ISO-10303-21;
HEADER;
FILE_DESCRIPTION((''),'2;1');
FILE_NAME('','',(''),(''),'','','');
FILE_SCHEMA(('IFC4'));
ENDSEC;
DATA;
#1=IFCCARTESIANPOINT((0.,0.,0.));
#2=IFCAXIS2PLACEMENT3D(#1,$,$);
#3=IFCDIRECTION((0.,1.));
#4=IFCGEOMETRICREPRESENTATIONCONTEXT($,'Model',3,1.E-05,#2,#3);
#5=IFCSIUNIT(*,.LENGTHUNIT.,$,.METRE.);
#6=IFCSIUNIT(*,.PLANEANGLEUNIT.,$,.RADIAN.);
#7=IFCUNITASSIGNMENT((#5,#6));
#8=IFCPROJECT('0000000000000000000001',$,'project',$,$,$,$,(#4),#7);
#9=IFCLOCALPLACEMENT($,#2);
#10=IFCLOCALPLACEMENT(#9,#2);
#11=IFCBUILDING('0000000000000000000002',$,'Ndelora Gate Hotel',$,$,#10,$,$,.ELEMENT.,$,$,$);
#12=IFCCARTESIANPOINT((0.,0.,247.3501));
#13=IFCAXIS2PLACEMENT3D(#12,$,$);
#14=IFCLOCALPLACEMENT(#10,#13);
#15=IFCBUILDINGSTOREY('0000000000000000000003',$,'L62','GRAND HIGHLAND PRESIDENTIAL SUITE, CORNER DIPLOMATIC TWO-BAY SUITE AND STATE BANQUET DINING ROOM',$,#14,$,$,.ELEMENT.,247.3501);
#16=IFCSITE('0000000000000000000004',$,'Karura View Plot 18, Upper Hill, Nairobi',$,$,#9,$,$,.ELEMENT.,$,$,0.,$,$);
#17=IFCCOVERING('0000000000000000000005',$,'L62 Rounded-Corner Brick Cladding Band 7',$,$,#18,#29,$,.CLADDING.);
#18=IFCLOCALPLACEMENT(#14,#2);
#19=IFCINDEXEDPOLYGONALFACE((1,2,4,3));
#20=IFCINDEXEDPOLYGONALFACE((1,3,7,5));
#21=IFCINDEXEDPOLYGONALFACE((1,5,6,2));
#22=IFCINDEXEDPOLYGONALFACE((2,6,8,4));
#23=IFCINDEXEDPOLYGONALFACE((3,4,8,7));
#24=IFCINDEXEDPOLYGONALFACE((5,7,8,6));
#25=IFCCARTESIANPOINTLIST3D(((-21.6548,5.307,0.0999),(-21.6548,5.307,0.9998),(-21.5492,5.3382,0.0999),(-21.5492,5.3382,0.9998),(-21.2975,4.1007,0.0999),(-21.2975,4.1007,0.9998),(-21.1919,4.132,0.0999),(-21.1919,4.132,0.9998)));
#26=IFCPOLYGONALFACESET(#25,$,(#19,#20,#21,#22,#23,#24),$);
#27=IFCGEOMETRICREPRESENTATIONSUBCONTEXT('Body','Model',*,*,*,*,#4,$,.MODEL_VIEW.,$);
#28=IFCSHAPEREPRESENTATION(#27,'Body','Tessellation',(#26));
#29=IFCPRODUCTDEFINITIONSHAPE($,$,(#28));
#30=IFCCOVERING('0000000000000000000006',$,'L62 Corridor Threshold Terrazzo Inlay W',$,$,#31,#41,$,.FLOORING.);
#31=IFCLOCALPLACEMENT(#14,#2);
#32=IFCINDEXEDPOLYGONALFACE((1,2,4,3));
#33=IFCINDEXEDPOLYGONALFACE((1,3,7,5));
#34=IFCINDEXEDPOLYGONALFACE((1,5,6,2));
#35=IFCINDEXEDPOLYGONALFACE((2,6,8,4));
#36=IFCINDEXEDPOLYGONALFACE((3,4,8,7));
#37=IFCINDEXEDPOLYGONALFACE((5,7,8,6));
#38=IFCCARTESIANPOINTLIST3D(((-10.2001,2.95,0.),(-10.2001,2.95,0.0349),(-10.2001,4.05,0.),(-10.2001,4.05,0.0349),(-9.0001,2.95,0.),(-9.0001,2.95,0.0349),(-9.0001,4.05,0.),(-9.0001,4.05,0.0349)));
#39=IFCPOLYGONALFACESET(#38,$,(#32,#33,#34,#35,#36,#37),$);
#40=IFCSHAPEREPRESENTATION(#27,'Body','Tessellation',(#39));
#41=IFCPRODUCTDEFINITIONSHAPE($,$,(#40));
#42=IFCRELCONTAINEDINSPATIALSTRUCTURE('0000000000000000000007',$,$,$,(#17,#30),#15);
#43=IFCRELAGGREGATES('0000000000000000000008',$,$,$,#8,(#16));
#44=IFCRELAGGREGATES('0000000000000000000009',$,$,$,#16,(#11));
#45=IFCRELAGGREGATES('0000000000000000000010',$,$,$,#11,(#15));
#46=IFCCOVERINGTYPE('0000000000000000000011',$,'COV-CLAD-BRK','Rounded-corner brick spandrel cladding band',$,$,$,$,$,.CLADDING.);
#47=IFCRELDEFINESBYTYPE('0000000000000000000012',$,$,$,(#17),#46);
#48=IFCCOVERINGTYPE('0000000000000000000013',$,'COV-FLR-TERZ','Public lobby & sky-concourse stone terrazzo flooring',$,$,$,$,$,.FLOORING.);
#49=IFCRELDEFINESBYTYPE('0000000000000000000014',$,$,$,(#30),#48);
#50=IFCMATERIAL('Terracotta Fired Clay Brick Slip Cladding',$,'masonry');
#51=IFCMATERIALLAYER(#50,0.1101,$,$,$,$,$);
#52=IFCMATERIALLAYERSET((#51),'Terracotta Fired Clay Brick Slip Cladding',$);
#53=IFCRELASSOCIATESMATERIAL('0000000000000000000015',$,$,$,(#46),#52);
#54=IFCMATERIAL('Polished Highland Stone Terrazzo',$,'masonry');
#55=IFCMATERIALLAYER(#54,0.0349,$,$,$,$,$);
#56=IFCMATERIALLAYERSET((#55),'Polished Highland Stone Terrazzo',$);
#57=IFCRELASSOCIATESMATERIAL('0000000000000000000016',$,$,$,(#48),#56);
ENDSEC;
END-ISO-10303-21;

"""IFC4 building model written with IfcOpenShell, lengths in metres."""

from ifc_helpers import new_model, si_unit, direction, frame, origin, origin_2d, place, context, subcontext, project, spatial, rectangle, extrude, material, layer, layer_set, type_object, element, save


model = new_model("IFC4")

# Units and contexts
model_context = context("Model", 3, precision=1e-05, world=origin(), true_north=direction((0.0, 1.0)))
body_context = subcontext(model_context, "Body", "Model", "MODEL_VIEW")
ifc_project = project(units=[si_unit("LENGTHUNIT", "METRE"), si_unit("PLANEANGLEUNIT", "RADIAN")], contexts=[model_context])

# Site, building, storey
site_placement = place(None, origin())
site = spatial("IfcSite", under=ifc_project, at=site_placement, Name="Karura View Plot 18, Upper Hill, Nairobi", CompositionType="ELEMENT", RefElevation=0.0)
building_placement = place(site_placement, origin())
building = spatial("IfcBuilding", under=site, at=building_placement, Name="Ndelora Gate Hotel", CompositionType="ELEMENT")
storey_placement = place(building_placement, frame((0.0, 0.0, 247.3501)))
storey = spatial("IfcBuildingStorey", under=building, at=storey_placement, Name="L62", Description="GRAND HIGHLAND PRESIDENTIAL SUITE, CORNER DIPLOMATIC TWO-BAY SUITE AND STATE BANQUET DINING ROOM", CompositionType="ELEMENT", Elevation=247.3501)

# Coverings
ifc_material_1 = material(Name="Terracotta Fired Clay Brick Slip Cladding", Category="masonry")
ifc_layer_1 = layer(ifc_material_1, 0.1101)
ifc_layer_set_1 = layer_set([ifc_layer_1], Name="Terracotta Fired Clay Brick Slip Cladding")
covering_type_1 = type_object("IfcCoveringType", Name="COV-CLAD-BRK", Description="Rounded-corner brick spandrel cladding band", PredefinedType="CLADDING", material=ifc_layer_set_1)
covering_1_placement = place(storey_placement, frame((-21.4233, 4.7195, 0.0999), z_axis=(0.0, 0.0, 1.0), x_axis=(-0.284015, 0.95882, 0.0)))
element("IfcCovering", 1, at=covering_1_placement, inside=storey, type_object=covering_type_1, Name="L62 Rounded-Corner Brick Cladding Band 7", PredefinedType="CLADDING", context=body_context, shape_type="SweptSolid", body=[
    extrude(rectangle(XDim=1.2581, YDim=0.1101, at=origin_2d()), origin(), (0.0, 0.0, 1.0), 0.8999),
])
ifc_material_2 = material(Name="Polished Highland Stone Terrazzo", Category="masonry")
ifc_layer_2 = layer(ifc_material_2, 0.0349)
ifc_layer_set_2 = layer_set([ifc_layer_2], Name="Polished Highland Stone Terrazzo")
covering_type_2 = type_object("IfcCoveringType", Name="COV-FLR-TERZ", Description="Public lobby & sky-concourse stone terrazzo flooring", PredefinedType="FLOORING", material=ifc_layer_set_2)
covering_2_placement = place(storey_placement, frame((-9.6001, 3.5, 0.0), z_axis=(0.0, 0.0, 1.0), x_axis=(1.0, 0.0, 0.0)))
element("IfcCovering", 2, at=covering_2_placement, inside=storey, type_object=covering_type_2, Name="L62 Corridor Threshold Terrazzo Inlay W", PredefinedType="FLOORING", context=body_context, shape_type="SweptSolid", body=[
    extrude(rectangle(XDim=1.2, YDim=1.1001, at=origin_2d()), origin(), (0.0, 0.0, 1.0), 0.0349),
])

save(model, "model.ifc")
